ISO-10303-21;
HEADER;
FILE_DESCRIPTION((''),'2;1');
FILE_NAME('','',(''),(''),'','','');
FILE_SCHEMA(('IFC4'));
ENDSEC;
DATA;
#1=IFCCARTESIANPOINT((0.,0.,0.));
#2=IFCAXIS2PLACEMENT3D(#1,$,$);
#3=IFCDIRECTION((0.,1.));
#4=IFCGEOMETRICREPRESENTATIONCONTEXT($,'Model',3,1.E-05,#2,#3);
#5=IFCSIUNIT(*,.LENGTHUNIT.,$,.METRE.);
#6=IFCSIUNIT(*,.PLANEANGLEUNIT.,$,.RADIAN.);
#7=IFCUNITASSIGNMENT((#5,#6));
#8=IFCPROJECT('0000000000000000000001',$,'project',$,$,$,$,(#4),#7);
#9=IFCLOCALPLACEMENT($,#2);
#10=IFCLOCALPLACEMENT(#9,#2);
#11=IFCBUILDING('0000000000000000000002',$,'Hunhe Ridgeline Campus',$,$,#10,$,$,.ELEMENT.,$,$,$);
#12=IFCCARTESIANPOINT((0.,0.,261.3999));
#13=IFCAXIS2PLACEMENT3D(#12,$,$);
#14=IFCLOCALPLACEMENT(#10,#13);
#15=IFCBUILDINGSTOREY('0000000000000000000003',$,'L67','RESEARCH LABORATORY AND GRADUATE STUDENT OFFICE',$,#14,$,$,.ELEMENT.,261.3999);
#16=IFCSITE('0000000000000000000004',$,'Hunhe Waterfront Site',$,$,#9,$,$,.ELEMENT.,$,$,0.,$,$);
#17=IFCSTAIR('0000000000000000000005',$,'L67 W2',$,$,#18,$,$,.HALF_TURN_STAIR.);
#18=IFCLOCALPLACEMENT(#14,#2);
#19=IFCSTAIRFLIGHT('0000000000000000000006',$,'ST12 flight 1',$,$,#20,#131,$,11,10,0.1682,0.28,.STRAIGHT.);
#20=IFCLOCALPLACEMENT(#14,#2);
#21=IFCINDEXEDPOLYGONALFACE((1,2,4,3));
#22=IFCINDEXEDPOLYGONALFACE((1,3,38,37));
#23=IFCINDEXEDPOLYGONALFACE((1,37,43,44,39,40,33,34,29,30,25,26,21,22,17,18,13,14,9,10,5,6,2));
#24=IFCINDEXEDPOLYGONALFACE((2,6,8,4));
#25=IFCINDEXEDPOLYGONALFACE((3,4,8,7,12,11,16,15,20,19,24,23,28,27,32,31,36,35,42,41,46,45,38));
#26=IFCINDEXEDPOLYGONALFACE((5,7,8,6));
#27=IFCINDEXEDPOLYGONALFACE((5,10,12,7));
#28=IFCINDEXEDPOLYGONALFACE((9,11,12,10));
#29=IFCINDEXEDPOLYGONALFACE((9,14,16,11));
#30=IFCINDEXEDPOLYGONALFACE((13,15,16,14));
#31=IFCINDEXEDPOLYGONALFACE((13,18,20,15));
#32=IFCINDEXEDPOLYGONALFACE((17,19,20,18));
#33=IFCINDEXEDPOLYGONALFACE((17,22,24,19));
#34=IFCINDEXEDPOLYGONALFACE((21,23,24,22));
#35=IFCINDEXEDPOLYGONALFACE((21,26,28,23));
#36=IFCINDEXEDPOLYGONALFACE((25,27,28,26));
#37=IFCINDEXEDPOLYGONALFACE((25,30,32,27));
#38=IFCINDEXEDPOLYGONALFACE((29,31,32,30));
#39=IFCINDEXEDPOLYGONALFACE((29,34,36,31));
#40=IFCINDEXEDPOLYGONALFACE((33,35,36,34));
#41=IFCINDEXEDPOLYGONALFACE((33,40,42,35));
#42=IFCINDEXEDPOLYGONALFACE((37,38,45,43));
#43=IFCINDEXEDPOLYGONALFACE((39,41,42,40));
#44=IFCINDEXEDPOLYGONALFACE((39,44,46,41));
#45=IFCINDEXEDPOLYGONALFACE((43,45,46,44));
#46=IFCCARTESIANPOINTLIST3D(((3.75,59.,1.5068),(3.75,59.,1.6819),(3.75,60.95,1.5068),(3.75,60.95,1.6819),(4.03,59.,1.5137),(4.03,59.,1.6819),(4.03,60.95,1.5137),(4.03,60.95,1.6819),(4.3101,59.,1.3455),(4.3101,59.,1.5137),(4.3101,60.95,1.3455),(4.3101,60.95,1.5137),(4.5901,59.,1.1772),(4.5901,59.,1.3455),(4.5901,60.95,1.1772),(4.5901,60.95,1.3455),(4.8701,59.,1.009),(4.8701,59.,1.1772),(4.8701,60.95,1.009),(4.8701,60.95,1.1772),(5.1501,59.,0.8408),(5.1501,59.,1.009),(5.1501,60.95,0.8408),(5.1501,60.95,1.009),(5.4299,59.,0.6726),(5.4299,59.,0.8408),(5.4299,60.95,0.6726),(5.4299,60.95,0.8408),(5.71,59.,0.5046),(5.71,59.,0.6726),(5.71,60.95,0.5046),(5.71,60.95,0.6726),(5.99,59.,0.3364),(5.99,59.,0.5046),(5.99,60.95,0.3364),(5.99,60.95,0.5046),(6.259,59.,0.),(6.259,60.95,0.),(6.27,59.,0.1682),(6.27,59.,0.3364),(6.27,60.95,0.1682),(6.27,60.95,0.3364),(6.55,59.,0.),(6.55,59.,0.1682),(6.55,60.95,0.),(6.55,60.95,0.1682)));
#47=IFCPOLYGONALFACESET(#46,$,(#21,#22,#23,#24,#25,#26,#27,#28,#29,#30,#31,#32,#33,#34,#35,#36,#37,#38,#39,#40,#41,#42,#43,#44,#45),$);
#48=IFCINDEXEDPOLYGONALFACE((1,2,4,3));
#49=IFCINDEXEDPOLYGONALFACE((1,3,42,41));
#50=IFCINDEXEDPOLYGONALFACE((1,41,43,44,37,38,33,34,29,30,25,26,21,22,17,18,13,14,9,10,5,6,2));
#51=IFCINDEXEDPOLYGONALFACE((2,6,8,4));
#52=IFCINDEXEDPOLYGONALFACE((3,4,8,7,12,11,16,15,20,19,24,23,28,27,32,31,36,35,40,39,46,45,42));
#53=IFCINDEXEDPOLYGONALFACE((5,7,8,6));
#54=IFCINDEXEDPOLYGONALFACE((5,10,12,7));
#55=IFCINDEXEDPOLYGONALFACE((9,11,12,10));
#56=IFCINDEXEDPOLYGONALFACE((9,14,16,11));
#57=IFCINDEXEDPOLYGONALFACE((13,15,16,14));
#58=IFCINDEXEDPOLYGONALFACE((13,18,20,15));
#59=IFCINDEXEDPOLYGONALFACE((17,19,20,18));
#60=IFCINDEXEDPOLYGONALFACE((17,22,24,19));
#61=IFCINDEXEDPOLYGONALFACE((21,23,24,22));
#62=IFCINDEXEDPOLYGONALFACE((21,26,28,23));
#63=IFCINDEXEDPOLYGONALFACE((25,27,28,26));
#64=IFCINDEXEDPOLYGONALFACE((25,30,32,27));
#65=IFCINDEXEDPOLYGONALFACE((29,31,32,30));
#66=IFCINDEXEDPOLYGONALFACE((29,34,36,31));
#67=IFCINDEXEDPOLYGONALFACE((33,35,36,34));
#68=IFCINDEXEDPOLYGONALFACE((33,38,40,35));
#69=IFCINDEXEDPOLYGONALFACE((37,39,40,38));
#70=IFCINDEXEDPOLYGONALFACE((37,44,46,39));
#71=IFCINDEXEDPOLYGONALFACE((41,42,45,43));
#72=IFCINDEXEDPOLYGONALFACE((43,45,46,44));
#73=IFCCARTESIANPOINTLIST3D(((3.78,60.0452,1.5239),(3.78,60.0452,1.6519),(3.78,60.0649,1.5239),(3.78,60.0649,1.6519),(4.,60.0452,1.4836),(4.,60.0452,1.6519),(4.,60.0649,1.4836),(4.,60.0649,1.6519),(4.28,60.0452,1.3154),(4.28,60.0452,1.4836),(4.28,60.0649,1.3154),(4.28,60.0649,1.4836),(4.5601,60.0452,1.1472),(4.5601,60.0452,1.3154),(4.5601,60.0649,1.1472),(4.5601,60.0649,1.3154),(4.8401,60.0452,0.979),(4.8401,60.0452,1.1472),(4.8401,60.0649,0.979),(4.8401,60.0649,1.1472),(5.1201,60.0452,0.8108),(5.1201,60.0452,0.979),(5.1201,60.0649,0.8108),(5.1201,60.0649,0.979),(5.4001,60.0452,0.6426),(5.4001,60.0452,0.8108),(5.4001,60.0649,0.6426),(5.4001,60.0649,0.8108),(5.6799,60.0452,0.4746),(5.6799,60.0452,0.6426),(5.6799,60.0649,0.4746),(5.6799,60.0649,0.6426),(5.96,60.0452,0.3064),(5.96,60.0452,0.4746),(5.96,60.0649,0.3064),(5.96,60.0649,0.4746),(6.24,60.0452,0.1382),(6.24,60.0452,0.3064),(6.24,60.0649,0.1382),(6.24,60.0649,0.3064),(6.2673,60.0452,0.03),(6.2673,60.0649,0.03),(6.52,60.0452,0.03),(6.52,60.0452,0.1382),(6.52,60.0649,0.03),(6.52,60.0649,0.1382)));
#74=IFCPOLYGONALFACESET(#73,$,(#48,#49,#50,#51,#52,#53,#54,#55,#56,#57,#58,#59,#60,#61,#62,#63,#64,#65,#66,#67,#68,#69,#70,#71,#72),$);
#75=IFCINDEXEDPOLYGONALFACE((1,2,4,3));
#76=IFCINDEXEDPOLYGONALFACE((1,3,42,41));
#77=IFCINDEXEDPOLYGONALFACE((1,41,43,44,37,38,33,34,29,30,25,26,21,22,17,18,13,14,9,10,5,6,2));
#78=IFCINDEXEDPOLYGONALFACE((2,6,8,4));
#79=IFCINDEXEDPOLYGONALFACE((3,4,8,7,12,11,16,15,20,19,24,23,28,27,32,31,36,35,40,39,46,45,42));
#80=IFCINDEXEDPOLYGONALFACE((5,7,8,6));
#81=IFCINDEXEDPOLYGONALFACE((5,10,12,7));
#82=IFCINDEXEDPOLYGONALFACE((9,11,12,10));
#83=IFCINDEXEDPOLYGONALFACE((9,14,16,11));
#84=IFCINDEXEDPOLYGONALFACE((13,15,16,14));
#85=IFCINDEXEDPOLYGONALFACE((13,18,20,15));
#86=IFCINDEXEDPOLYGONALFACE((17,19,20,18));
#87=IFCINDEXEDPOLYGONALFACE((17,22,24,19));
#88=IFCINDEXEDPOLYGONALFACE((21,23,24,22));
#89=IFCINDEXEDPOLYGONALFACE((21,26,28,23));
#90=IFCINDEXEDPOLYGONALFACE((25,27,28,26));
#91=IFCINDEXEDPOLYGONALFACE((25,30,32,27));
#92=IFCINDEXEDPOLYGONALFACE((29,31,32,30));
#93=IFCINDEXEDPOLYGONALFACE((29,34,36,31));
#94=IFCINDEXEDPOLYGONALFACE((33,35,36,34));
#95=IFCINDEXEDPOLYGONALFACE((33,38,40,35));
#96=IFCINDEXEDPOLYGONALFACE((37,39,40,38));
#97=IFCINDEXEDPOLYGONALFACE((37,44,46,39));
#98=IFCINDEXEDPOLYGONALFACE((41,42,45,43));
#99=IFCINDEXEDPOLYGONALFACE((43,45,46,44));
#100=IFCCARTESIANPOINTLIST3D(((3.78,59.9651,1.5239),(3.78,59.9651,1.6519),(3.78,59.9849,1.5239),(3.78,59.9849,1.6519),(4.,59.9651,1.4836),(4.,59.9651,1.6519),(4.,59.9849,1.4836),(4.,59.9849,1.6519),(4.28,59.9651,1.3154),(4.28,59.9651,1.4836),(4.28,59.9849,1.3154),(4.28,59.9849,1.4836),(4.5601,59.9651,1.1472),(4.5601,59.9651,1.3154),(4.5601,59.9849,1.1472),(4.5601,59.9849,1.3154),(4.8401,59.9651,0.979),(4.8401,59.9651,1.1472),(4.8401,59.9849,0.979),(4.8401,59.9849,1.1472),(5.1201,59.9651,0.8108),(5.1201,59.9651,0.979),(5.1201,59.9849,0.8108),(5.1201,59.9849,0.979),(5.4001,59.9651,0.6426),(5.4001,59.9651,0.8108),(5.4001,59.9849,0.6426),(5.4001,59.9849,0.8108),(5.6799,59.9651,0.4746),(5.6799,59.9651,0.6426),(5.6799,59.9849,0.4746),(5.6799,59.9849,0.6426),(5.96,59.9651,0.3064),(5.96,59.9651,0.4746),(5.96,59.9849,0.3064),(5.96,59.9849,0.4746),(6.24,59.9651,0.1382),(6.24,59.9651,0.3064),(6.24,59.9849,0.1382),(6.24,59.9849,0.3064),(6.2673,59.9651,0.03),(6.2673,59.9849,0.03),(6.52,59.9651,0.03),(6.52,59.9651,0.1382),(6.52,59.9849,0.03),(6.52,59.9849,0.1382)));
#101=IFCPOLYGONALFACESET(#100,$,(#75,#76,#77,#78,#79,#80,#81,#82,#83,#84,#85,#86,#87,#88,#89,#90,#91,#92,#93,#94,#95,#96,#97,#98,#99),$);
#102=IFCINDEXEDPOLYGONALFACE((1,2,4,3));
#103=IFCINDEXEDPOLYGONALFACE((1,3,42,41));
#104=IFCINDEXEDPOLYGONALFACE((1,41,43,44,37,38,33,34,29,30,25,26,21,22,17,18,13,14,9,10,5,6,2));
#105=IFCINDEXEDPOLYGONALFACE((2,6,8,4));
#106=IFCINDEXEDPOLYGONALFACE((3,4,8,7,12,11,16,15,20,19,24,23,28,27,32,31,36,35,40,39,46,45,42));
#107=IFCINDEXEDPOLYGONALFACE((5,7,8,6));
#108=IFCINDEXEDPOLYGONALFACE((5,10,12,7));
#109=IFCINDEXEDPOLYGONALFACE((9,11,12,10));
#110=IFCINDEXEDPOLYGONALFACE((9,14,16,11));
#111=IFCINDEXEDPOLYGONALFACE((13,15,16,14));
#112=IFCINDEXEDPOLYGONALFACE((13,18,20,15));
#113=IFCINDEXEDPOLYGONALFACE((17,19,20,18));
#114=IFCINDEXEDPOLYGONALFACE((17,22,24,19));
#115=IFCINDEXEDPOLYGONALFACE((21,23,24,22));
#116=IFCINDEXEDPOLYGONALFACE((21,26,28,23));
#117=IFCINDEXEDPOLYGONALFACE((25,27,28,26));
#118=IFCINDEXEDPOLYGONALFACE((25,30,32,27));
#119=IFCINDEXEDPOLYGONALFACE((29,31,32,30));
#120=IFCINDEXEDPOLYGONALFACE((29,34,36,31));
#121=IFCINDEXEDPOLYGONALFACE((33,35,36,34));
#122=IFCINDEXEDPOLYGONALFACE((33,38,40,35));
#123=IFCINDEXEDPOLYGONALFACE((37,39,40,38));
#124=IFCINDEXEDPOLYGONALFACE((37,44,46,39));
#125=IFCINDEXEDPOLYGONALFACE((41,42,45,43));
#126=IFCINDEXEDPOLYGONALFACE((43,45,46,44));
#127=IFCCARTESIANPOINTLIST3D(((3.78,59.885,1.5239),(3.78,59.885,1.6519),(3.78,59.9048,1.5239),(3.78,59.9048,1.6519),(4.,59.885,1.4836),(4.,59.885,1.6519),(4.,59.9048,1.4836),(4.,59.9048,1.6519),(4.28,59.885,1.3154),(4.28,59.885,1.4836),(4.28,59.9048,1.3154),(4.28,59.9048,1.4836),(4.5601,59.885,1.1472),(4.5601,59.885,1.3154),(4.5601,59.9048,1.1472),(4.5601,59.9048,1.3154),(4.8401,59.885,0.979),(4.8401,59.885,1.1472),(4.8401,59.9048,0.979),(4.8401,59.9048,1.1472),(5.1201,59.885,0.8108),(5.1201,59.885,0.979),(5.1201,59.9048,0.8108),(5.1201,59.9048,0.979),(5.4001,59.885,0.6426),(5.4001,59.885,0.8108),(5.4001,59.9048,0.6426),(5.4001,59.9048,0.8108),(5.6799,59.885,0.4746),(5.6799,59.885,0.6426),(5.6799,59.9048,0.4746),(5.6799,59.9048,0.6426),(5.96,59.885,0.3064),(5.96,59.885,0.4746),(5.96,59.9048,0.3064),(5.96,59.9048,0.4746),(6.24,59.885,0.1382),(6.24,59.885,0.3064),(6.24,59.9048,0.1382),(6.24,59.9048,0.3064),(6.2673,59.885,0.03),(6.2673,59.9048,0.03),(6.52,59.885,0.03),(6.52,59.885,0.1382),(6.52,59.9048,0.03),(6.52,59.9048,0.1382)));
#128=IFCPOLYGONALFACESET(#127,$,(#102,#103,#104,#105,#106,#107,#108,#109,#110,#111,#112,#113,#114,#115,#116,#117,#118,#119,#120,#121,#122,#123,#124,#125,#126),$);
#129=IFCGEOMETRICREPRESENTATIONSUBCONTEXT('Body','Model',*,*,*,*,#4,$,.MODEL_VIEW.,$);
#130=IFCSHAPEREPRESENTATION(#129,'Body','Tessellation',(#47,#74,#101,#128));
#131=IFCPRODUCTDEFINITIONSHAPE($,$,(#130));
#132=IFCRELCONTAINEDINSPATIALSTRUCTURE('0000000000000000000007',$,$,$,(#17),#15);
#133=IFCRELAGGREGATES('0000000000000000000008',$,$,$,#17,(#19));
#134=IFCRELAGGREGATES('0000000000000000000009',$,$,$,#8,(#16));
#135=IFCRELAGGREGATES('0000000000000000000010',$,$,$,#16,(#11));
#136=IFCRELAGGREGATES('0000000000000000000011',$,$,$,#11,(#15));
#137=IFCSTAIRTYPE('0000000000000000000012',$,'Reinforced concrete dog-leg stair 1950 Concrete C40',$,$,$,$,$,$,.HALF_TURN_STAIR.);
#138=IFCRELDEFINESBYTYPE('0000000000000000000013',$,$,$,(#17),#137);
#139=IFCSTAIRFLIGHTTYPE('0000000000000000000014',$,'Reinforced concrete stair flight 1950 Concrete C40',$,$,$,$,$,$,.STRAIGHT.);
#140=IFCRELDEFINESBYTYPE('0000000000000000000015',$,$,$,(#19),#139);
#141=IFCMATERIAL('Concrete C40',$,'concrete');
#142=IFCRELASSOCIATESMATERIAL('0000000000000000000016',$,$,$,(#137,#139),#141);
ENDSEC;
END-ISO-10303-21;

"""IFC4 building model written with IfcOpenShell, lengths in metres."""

from ifc_helpers import new_model, si_unit, direction, frame, origin, place, context, subcontext, project, spatial, polyline, outline, extrude, material, type_object, element, aggregate, save


model = new_model("IFC4")

# Units and contexts
model_context = context("Model", 3, precision=1e-05, world=origin(), true_north=direction((0.0, 1.0)))
body_context = subcontext(model_context, "Body", "Model", "MODEL_VIEW")
ifc_project = project(units=[si_unit("LENGTHUNIT", "METRE"), si_unit("PLANEANGLEUNIT", "RADIAN")], contexts=[model_context])

# Site, building, storey
site_placement = place(None, origin())
site = spatial("IfcSite", under=ifc_project, at=site_placement, Name="Hunhe Waterfront Site", CompositionType="ELEMENT", RefElevation=0.0)
building_placement = place(site_placement, origin())
building = spatial("IfcBuilding", under=site, at=building_placement, Name="Hunhe Ridgeline Campus", CompositionType="ELEMENT")
storey_placement = place(building_placement, frame((0.0, 0.0, 261.3999)))
storey = spatial("IfcBuildingStorey", under=building, at=storey_placement, Name="L67", Description="RESEARCH LABORATORY AND GRADUATE STUDENT OFFICE", CompositionType="ELEMENT", Elevation=261.3999)

# Shared definitions
ifc_material_1 = material(Name="Concrete C40", Category="concrete")
stair_type = type_object("IfcStairType", Name="Reinforced concrete dog-leg stair 1950 Concrete C40", PredefinedType="HALF_TURN_STAIR", material=ifc_material_1)
stair_flight_type = type_object("IfcStairFlightType", Name="Reinforced concrete stair flight 1950 Concrete C40", PredefinedType="STRAIGHT", material=ifc_material_1)

# Stair, stair flight
stair_1_placement = place(storey_placement, origin())
stair_1 = element("IfcStair", 1, at=stair_1_placement, inside=storey, type_object=stair_type, Name="L67 W2", PredefinedType="HALF_TURN_STAIR")
stair_flight_1_placement = place(storey_placement, frame((6.55, 59.9751, 0.0), z_axis=(0.0, 0.0, 1.0), x_axis=(-1.0, 0.0, 0.0)))
stair_flight_1 = element("IfcStairFlight", 2, at=stair_flight_1_placement, type_object=stair_flight_type, Name="ST12 flight 1", NumberOfRisers=11, NumberOfTreads=10, PredefinedType="STRAIGHT", RiserHeight=0.1682, TreadLength=0.28, context=body_context, shape_type="SweptSolid", body=[
    extrude(outline(polyline([(0.0, 0.0), (0.0, 0.1682), (0.28, 0.1682), (0.28, 0.3364), (0.5601, 0.3364), (0.5601, 0.5046), (0.8401, 0.5046), (0.8401, 0.6726), (1.1201, 0.6726), (1.1201, 0.8408), (1.3999, 0.8408), (1.3999, 1.009), (1.6799, 1.009), (1.6799, 1.1772), (1.96, 1.1772), (1.96, 1.3455), (2.24, 1.3455), (2.24, 1.5137), (2.52, 1.5137), (2.52, 1.6819), (2.8, 1.6819), (2.8, 1.8501), (2.8, 1.5068), (0.291, 0.0), (0.0, 0.0)])), frame((0.0, 0.9751, 0.0), z_axis=(0.0, -1.0, 0.0), x_axis=(1.0, 0.0, 0.0)), (0.0, 0.0, 1.0), 1.95),
    extrude(outline(polyline([(0.03, 0.03), (0.03, 0.1382), (0.3101, 0.1382), (0.3101, 0.3064), (0.5901, 0.3064), (0.5901, 0.4746), (0.8701, 0.4746), (0.8701, 0.6426), (1.1499, 0.6426), (1.1499, 0.8108), (1.4299, 0.8108), (1.4299, 0.979), (1.71, 0.979), (1.71, 1.1472), (1.99, 1.1472), (1.99, 1.3154), (2.27, 1.3154), (2.27, 1.4836), (2.55, 1.4836), (2.55, 1.6519), (2.77, 1.6519), (2.77, 1.5239), (0.2827, 0.03), (0.03, 0.03)])), frame((0.0, -0.0701, 0.0), z_axis=(0.0, -1.0, 0.0), x_axis=(1.0, 0.0, 0.0)), (0.0, 0.0, 1.0), 0.0198),
    extrude(outline(polyline([(0.03, 0.03), (0.03, 0.1382), (0.3101, 0.1382), (0.3101, 0.3064), (0.5901, 0.3064), (0.5901, 0.4746), (0.8701, 0.4746), (0.8701, 0.6426), (1.1499, 0.6426), (1.1499, 0.8108), (1.4299, 0.8108), (1.4299, 0.979), (1.71, 0.979), (1.71, 1.1472), (1.99, 1.1472), (1.99, 1.3154), (2.27, 1.3154), (2.27, 1.4836), (2.55, 1.4836), (2.55, 1.6519), (2.77, 1.6519), (2.77, 1.5239), (0.2827, 0.03), (0.03, 0.03)])), frame((0.0, 0.01, 0.0), z_axis=(0.0, -1.0, 0.0), x_axis=(1.0, 0.0, 0.0)), (0.0, 0.0, 1.0), 0.0198),
    extrude(outline(polyline([(0.03, 0.03), (0.03, 0.1382), (0.3101, 0.1382), (0.3101, 0.3064), (0.5901, 0.3064), (0.5901, 0.4746), (0.8701, 0.4746), (0.8701, 0.6426), (1.1499, 0.6426), (1.1499, 0.8108), (1.4299, 0.8108), (1.4299, 0.979), (1.71, 0.979), (1.71, 1.1472), (1.99, 1.1472), (1.99, 1.3154), (2.27, 1.3154), (2.27, 1.4836), (2.55, 1.4836), (2.55, 1.6519), (2.77, 1.6519), (2.77, 1.5239), (0.2827, 0.03), (0.03, 0.03)])), frame((0.0, 0.0901, 0.0), z_axis=(0.0, -1.0, 0.0), x_axis=(1.0, 0.0, 0.0)), (0.0, 0.0, 1.0), 0.0198),
])
aggregate(stair_1, [stair_flight_1])

save(model, "model.ifc")
